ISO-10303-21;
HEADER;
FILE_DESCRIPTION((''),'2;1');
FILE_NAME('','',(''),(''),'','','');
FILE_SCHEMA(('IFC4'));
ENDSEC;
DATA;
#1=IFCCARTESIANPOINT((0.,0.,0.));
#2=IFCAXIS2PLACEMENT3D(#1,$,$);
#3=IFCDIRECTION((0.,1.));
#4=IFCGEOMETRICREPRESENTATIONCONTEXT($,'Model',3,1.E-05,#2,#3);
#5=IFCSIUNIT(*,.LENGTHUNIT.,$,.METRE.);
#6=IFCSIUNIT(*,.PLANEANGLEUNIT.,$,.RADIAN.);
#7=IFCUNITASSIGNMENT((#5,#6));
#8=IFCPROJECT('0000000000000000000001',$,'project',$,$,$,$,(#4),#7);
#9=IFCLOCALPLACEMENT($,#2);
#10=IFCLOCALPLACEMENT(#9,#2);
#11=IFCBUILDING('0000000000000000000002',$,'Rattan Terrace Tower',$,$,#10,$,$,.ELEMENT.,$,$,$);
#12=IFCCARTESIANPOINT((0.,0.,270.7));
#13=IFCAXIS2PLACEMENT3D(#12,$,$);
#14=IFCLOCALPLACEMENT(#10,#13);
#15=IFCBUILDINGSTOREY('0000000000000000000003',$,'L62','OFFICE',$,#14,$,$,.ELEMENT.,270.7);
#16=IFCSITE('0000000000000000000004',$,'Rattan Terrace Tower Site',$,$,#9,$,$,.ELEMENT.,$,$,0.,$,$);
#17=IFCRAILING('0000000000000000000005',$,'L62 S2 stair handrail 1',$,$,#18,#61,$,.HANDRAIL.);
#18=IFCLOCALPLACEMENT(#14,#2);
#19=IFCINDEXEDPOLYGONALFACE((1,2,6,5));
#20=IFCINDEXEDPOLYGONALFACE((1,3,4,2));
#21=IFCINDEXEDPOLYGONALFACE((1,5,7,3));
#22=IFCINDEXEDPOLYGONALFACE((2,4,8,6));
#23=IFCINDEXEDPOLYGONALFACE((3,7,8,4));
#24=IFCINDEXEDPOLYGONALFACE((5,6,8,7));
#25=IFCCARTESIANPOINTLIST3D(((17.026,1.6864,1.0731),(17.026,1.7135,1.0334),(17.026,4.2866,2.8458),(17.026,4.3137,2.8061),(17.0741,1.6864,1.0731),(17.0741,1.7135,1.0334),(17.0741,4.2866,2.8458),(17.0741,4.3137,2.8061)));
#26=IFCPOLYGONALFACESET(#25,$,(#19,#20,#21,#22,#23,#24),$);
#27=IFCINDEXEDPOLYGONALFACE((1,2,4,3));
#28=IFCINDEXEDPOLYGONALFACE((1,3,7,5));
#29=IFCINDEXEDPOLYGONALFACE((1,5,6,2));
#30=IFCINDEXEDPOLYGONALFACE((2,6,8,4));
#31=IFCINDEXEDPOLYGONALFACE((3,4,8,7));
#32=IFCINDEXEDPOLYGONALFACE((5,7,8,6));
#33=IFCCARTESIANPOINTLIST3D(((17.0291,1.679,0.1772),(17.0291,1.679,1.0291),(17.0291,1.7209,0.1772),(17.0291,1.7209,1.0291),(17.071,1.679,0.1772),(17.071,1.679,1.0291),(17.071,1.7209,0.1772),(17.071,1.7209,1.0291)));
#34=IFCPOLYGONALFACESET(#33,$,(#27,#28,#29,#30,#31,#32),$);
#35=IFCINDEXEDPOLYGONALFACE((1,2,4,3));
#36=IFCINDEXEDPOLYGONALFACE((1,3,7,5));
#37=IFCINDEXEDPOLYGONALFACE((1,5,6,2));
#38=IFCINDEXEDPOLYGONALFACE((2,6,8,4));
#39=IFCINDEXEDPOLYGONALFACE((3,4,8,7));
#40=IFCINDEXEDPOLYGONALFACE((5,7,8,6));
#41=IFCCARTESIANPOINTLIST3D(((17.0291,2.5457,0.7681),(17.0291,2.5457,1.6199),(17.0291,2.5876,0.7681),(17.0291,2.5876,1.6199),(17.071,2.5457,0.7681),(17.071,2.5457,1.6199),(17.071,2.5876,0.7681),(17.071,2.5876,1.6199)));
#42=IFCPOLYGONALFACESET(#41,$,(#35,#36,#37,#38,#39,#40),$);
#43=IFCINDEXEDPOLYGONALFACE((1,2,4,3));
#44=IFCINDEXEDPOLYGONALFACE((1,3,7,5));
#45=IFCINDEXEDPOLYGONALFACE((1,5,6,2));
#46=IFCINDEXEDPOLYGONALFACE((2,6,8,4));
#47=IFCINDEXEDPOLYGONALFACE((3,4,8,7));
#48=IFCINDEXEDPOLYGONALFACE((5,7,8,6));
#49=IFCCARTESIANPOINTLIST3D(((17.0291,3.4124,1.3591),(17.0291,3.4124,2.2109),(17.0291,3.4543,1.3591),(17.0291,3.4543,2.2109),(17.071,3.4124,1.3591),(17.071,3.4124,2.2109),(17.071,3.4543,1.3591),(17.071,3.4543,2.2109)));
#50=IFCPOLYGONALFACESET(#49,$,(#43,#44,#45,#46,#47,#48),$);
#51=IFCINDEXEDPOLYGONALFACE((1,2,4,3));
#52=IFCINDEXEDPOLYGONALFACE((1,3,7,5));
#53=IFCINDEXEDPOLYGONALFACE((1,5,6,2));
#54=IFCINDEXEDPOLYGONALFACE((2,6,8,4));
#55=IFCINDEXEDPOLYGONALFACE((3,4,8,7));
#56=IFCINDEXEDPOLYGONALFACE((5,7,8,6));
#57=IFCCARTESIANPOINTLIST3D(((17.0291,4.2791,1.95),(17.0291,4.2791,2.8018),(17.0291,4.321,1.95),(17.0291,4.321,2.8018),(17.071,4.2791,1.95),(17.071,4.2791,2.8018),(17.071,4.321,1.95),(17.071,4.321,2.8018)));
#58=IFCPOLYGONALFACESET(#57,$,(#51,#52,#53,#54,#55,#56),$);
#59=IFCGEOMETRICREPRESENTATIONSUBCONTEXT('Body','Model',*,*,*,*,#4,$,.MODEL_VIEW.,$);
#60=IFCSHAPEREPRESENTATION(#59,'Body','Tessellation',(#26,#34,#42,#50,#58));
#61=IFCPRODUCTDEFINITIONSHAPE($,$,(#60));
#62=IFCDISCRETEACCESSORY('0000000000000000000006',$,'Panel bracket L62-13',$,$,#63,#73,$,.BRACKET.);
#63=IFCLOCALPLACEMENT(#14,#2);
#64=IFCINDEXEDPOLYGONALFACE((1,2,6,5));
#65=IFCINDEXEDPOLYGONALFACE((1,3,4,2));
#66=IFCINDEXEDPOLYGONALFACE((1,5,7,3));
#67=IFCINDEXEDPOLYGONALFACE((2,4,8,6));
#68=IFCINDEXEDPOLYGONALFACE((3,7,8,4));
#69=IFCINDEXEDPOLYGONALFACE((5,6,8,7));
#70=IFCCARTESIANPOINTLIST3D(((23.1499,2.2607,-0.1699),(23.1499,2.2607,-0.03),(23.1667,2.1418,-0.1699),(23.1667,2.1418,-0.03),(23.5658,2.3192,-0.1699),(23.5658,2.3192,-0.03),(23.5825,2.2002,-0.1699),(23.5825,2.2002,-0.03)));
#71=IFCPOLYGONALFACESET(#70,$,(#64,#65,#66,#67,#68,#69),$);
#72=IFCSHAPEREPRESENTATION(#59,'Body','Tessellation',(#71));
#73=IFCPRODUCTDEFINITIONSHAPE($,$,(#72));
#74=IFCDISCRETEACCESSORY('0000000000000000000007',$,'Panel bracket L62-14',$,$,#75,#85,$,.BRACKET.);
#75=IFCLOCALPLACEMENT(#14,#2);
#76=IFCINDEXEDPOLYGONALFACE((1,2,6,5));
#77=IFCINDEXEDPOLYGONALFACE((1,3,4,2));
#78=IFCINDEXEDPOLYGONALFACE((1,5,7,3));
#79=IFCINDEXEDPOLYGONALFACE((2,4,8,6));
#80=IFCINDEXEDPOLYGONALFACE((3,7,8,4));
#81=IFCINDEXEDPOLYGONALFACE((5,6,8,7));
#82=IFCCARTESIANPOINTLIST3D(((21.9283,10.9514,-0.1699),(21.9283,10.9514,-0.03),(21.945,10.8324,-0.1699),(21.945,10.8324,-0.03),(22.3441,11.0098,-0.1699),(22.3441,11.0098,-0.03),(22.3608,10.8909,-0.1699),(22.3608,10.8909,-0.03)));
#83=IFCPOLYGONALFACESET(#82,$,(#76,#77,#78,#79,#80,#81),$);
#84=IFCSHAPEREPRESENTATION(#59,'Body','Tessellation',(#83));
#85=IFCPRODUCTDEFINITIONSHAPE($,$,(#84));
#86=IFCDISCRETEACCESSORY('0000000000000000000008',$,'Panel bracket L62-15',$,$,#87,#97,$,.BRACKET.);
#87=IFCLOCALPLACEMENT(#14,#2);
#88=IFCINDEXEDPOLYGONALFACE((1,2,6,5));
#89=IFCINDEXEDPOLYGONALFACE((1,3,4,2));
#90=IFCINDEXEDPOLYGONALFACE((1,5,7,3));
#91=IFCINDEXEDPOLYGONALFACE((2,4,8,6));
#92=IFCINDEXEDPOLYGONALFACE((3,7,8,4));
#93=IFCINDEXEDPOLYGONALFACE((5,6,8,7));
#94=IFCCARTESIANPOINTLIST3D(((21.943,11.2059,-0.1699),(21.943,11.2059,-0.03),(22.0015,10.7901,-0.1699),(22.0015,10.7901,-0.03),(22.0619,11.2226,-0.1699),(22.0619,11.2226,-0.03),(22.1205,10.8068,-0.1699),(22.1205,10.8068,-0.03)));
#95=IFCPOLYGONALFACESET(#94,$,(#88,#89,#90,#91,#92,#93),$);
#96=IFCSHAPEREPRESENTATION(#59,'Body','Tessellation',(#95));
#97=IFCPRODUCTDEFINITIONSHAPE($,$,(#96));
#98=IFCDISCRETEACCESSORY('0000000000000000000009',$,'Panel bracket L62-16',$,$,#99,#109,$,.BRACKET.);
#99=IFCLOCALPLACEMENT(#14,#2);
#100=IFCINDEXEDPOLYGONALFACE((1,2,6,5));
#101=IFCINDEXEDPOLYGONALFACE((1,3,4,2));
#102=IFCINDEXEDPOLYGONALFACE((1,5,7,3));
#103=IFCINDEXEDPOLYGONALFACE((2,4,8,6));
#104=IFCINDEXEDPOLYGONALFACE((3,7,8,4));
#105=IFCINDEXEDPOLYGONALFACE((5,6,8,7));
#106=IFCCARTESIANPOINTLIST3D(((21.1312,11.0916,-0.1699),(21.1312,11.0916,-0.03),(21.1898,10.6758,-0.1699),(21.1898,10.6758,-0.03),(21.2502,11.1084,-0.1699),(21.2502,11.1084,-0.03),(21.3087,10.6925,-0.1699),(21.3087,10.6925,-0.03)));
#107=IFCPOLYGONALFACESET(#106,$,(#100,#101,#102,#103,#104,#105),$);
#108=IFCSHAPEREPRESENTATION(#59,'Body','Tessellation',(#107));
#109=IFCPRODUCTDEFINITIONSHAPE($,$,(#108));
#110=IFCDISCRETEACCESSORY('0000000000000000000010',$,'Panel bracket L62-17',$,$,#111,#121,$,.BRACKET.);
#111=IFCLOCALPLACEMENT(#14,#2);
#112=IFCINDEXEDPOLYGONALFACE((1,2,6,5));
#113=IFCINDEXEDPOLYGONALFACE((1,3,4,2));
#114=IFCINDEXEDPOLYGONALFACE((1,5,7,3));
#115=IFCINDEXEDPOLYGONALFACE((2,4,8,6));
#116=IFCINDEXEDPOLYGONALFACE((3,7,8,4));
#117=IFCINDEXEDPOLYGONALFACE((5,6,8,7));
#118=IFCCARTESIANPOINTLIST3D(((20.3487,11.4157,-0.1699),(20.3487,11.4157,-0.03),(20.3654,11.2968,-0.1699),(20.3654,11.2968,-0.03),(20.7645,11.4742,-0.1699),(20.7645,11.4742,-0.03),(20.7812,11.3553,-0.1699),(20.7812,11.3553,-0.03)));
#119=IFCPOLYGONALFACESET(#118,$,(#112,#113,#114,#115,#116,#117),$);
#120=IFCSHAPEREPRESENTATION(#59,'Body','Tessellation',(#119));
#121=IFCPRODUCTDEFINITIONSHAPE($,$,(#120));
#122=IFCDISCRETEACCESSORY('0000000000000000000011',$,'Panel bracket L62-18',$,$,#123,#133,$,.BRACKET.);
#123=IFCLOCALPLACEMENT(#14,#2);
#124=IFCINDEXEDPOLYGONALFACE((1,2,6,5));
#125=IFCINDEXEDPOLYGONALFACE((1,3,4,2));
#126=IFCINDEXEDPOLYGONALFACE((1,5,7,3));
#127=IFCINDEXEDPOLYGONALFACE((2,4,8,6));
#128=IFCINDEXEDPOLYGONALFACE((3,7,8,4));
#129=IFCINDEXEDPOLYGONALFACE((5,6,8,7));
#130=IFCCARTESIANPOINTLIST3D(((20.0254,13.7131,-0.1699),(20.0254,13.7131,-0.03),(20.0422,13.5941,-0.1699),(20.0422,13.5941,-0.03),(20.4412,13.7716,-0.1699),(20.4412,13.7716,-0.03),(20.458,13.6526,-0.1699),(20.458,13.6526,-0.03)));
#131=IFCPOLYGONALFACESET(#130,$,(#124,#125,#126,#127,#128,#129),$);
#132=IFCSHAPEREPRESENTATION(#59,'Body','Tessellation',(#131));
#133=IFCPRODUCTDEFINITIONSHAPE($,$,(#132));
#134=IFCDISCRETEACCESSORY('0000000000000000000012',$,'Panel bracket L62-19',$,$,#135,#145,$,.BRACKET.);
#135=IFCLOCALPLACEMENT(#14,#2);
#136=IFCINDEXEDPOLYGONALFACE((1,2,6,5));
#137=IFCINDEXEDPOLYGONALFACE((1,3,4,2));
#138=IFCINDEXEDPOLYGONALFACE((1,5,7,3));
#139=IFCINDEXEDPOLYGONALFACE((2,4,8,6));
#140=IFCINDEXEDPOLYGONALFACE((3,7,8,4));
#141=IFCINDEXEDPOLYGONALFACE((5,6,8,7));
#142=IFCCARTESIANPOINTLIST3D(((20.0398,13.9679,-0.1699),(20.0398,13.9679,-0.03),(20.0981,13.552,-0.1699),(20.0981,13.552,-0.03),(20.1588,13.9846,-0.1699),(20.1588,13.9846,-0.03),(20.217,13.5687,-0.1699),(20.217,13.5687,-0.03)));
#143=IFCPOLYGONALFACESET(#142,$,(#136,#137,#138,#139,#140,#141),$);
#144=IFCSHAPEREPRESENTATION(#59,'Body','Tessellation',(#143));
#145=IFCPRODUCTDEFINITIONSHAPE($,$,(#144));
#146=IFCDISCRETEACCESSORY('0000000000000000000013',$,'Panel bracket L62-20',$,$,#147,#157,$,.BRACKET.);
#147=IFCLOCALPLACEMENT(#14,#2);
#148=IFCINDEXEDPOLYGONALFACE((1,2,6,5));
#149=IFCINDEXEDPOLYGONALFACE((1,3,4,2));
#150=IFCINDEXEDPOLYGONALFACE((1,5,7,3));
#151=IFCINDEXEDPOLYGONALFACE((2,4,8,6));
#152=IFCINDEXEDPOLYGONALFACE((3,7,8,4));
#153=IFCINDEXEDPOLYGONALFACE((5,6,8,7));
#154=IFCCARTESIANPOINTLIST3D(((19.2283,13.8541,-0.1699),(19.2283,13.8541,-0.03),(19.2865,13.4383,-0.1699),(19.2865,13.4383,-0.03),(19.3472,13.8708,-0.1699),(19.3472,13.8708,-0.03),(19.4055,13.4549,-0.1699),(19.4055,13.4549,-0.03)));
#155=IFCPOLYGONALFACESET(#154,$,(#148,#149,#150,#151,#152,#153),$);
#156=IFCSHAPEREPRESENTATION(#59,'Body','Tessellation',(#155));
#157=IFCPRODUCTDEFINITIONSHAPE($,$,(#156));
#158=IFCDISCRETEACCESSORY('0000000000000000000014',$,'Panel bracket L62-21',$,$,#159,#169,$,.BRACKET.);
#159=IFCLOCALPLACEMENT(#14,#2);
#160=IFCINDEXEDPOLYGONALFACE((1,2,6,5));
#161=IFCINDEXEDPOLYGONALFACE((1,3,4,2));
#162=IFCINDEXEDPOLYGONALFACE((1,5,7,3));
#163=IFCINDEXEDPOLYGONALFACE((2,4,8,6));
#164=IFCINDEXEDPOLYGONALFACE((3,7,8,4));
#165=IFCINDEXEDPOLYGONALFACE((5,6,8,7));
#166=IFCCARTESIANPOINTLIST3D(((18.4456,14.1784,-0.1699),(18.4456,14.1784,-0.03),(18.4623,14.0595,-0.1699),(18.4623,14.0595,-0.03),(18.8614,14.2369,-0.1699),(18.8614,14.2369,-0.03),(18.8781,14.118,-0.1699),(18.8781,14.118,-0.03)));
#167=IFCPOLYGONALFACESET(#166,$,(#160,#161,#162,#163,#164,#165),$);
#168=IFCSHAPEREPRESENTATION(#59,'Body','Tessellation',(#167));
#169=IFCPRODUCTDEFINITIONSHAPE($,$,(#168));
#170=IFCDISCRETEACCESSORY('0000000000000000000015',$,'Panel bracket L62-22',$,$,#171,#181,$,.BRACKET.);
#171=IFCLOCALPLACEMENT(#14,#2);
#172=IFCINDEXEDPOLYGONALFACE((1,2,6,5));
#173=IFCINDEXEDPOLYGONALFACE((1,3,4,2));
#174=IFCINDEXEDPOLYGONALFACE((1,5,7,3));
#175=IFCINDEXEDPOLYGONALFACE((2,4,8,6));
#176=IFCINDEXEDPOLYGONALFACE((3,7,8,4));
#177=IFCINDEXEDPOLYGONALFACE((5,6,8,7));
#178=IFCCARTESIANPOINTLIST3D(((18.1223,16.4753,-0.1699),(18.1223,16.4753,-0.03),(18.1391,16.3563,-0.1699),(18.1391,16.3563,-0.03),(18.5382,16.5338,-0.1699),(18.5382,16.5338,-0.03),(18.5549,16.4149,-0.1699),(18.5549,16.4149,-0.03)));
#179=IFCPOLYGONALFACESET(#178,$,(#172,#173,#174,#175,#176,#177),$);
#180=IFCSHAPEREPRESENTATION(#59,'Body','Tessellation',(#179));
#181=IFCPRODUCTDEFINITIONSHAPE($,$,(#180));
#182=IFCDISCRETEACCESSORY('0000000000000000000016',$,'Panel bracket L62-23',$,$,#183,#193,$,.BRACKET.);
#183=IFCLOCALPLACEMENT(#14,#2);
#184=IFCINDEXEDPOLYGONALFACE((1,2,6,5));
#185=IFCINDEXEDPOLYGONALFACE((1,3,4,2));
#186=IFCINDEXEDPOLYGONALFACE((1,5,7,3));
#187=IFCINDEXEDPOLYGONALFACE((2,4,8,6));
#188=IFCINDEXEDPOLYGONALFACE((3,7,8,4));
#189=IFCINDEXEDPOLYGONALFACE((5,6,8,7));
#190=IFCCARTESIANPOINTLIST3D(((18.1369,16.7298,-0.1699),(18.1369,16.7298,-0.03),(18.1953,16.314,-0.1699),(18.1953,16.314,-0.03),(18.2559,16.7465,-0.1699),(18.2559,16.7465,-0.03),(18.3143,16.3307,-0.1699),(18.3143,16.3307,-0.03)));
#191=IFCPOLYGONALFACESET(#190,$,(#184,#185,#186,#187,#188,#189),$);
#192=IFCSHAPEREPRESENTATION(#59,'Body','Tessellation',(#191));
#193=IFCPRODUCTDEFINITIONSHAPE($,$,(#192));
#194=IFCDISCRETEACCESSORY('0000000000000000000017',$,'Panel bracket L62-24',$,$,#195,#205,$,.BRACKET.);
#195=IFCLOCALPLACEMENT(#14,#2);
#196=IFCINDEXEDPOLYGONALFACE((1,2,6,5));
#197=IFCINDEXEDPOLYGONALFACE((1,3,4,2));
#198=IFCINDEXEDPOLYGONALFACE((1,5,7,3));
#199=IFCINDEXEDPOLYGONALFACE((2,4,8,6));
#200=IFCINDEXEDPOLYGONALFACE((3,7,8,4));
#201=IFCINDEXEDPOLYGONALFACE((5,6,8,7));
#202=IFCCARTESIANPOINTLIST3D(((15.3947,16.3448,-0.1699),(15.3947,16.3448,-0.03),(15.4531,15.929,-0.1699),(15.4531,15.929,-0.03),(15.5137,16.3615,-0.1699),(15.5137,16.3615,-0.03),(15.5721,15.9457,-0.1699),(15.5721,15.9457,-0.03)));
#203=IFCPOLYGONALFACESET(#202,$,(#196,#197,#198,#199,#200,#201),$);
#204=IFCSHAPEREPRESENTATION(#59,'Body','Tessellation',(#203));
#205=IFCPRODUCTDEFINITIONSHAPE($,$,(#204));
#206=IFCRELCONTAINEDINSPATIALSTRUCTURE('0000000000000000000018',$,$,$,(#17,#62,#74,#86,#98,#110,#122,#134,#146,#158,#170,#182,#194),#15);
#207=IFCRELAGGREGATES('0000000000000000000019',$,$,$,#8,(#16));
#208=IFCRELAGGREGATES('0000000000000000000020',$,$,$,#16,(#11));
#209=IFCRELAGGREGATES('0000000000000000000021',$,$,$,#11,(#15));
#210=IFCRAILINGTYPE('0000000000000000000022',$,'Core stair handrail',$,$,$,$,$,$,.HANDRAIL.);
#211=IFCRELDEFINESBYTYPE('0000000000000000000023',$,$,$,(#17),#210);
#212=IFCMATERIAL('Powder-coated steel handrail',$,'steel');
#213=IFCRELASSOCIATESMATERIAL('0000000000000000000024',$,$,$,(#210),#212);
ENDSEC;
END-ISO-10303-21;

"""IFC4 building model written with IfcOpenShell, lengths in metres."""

from ifc_helpers import new_model, si_unit, direction, frame, origin, origin_2d, place, context, subcontext, project, spatial, rectangle, extrude, material, type_object, element, save


model = new_model("IFC4")

# Units and contexts
model_context = context("Model", 3, precision=1e-05, world=origin(), true_north=direction((0.0, 1.0)))
body_context = subcontext(model_context, "Body", "Model", "MODEL_VIEW")
ifc_project = project(units=[si_unit("LENGTHUNIT", "METRE"), si_unit("PLANEANGLEUNIT", "RADIAN")], contexts=[model_context])

# Site, building, storey
site_placement = place(None, origin())
site = spatial("IfcSite", under=ifc_project, at=site_placement, Name="Rattan Terrace Tower Site", CompositionType="ELEMENT", RefElevation=0.0)
building_placement = place(site_placement, origin())
building = spatial("IfcBuilding", under=site, at=building_placement, Name="Rattan Terrace Tower", CompositionType="ELEMENT")
storey_placement = place(building_placement, frame((0.0, 0.0, 270.7)))
storey = spatial("IfcBuildingStorey", under=building, at=storey_placement, Name="L62", Description="OFFICE", CompositionType="ELEMENT", Elevation=270.7)

# Railing
ifc_material_1 = material(Name="Powder-coated steel handrail", Category="steel")
railing_type_1 = type_object("IfcRailingType", Name="Core stair handrail", PredefinedType="HANDRAIL", material=ifc_material_1)
railing_1_placement = place(storey_placement, frame((17.05, 1.7, 0.1772)))
element("IfcRailing", 1, at=railing_1_placement, inside=storey, type_object=railing_type_1, Name="L62 S2 stair handrail 1", PredefinedType="HANDRAIL", context=body_context, shape_type="SweptSolid", body=[
    extrude(rectangle(XDim=0.0481, YDim=0.0481, at=origin_2d()), frame((0.0, 0.0, 0.876), z_axis=(0.0, 0.82624, 0.563318), x_axis=(-1.0, 0.0, 0.0)), (0.0, 0.0, 1.0), 3.147),
    extrude(rectangle(XDim=0.042, YDim=0.042, at=origin_2d()), origin(), (0.0, 0.0, 1.0), 0.8518),
    extrude(rectangle(XDim=0.042, YDim=0.042, at=origin_2d()), frame((0.0, 0.8667, 0.5908)), (0.0, 0.0, 1.0), 0.8518),
    extrude(rectangle(XDim=0.042, YDim=0.042, at=origin_2d()), frame((0.0, 1.7334, 1.1819)), (0.0, 0.0, 1.0), 0.8518),
    extrude(rectangle(XDim=0.042, YDim=0.042, at=origin_2d()), frame((0.0, 2.6001, 1.7727)), (0.0, 0.0, 1.0), 0.8518),
])

# Discrete accessories
for number, where, z_axis, x_axis, name in (
    (2, (23.3662, 2.2305, -0.1699), (0.0, 0.0, 1.0), (-0.139192, 0.990265, 0.0), "Panel bracket L62-13"),
    (3, (22.1445, 10.9211, -0.1699), (0.0, 0.0, 1.0), (-0.139192, 0.990265, 0.0), "Panel bracket L62-14"),
    (4, (22.0317, 11.0063, -0.1699), (0.0, 0.0, 1.0), (-0.990241, -0.139367, 0.0), "Panel bracket L62-15"),
    (5, (21.22, 10.8921, -0.1699), (0.0, 0.0, 1.0), (-0.990241, -0.139367, 0.0), "Panel bracket L62-16"),
    (6, (20.5649, 11.3855, -0.1699), (0.0, 0.0, 1.0), (-0.139321, 0.990247, 0.0), "Panel bracket L62-17"),
    (7, (20.2417, 13.6829, -0.1699), (0.0, 0.0, 1.0), (-0.139321, 0.990247, 0.0), "Panel bracket L62-18"),
    (8, (20.1284, 13.7683, -0.1699), (0.0, 0.0, 1.0), (-0.990333, -0.138713, 0.0), "Panel bracket L62-19"),
    (9, (19.3169, 13.6545, -0.1699), (0.0, 0.0, 1.0), (-0.990333, -0.138713, 0.0), "Panel bracket L62-20"),
    (10, (18.6619, 14.1482, -0.1699), (0.0, 0.0, 1.0), (-0.139367, 0.990241, 0.0), "Panel bracket L62-21"),
    (11, (18.3386, 16.4451, -0.1699), (0.0, 0.0, 1.0), (-0.139367, 0.990241, 0.0), "Panel bracket L62-22"),
    (12, (18.2256, 16.5303, -0.1699), (0.0, 0.0, 1.0), (-0.990287, -0.13904, 0.0), "Panel bracket L62-23"),
    (13, (15.4834, 16.1453, -0.1699), (0.0, 0.0, 1.0), (-0.990287, -0.13904, 0.0), "Panel bracket L62-24"),
):
    element("IfcDiscreteAccessory", number, at=place(storey_placement, frame(where, z_axis=z_axis, x_axis=x_axis)), inside=storey, Name=name, PredefinedType="BRACKET", context=body_context, shape_type="SweptSolid", body=[
        extrude(rectangle(XDim=0.1201, YDim=0.4199, at=origin_2d()), origin(), (0.0, 0.0, 1.0), 0.1399),
    ])

save(model, "model.ifc")
